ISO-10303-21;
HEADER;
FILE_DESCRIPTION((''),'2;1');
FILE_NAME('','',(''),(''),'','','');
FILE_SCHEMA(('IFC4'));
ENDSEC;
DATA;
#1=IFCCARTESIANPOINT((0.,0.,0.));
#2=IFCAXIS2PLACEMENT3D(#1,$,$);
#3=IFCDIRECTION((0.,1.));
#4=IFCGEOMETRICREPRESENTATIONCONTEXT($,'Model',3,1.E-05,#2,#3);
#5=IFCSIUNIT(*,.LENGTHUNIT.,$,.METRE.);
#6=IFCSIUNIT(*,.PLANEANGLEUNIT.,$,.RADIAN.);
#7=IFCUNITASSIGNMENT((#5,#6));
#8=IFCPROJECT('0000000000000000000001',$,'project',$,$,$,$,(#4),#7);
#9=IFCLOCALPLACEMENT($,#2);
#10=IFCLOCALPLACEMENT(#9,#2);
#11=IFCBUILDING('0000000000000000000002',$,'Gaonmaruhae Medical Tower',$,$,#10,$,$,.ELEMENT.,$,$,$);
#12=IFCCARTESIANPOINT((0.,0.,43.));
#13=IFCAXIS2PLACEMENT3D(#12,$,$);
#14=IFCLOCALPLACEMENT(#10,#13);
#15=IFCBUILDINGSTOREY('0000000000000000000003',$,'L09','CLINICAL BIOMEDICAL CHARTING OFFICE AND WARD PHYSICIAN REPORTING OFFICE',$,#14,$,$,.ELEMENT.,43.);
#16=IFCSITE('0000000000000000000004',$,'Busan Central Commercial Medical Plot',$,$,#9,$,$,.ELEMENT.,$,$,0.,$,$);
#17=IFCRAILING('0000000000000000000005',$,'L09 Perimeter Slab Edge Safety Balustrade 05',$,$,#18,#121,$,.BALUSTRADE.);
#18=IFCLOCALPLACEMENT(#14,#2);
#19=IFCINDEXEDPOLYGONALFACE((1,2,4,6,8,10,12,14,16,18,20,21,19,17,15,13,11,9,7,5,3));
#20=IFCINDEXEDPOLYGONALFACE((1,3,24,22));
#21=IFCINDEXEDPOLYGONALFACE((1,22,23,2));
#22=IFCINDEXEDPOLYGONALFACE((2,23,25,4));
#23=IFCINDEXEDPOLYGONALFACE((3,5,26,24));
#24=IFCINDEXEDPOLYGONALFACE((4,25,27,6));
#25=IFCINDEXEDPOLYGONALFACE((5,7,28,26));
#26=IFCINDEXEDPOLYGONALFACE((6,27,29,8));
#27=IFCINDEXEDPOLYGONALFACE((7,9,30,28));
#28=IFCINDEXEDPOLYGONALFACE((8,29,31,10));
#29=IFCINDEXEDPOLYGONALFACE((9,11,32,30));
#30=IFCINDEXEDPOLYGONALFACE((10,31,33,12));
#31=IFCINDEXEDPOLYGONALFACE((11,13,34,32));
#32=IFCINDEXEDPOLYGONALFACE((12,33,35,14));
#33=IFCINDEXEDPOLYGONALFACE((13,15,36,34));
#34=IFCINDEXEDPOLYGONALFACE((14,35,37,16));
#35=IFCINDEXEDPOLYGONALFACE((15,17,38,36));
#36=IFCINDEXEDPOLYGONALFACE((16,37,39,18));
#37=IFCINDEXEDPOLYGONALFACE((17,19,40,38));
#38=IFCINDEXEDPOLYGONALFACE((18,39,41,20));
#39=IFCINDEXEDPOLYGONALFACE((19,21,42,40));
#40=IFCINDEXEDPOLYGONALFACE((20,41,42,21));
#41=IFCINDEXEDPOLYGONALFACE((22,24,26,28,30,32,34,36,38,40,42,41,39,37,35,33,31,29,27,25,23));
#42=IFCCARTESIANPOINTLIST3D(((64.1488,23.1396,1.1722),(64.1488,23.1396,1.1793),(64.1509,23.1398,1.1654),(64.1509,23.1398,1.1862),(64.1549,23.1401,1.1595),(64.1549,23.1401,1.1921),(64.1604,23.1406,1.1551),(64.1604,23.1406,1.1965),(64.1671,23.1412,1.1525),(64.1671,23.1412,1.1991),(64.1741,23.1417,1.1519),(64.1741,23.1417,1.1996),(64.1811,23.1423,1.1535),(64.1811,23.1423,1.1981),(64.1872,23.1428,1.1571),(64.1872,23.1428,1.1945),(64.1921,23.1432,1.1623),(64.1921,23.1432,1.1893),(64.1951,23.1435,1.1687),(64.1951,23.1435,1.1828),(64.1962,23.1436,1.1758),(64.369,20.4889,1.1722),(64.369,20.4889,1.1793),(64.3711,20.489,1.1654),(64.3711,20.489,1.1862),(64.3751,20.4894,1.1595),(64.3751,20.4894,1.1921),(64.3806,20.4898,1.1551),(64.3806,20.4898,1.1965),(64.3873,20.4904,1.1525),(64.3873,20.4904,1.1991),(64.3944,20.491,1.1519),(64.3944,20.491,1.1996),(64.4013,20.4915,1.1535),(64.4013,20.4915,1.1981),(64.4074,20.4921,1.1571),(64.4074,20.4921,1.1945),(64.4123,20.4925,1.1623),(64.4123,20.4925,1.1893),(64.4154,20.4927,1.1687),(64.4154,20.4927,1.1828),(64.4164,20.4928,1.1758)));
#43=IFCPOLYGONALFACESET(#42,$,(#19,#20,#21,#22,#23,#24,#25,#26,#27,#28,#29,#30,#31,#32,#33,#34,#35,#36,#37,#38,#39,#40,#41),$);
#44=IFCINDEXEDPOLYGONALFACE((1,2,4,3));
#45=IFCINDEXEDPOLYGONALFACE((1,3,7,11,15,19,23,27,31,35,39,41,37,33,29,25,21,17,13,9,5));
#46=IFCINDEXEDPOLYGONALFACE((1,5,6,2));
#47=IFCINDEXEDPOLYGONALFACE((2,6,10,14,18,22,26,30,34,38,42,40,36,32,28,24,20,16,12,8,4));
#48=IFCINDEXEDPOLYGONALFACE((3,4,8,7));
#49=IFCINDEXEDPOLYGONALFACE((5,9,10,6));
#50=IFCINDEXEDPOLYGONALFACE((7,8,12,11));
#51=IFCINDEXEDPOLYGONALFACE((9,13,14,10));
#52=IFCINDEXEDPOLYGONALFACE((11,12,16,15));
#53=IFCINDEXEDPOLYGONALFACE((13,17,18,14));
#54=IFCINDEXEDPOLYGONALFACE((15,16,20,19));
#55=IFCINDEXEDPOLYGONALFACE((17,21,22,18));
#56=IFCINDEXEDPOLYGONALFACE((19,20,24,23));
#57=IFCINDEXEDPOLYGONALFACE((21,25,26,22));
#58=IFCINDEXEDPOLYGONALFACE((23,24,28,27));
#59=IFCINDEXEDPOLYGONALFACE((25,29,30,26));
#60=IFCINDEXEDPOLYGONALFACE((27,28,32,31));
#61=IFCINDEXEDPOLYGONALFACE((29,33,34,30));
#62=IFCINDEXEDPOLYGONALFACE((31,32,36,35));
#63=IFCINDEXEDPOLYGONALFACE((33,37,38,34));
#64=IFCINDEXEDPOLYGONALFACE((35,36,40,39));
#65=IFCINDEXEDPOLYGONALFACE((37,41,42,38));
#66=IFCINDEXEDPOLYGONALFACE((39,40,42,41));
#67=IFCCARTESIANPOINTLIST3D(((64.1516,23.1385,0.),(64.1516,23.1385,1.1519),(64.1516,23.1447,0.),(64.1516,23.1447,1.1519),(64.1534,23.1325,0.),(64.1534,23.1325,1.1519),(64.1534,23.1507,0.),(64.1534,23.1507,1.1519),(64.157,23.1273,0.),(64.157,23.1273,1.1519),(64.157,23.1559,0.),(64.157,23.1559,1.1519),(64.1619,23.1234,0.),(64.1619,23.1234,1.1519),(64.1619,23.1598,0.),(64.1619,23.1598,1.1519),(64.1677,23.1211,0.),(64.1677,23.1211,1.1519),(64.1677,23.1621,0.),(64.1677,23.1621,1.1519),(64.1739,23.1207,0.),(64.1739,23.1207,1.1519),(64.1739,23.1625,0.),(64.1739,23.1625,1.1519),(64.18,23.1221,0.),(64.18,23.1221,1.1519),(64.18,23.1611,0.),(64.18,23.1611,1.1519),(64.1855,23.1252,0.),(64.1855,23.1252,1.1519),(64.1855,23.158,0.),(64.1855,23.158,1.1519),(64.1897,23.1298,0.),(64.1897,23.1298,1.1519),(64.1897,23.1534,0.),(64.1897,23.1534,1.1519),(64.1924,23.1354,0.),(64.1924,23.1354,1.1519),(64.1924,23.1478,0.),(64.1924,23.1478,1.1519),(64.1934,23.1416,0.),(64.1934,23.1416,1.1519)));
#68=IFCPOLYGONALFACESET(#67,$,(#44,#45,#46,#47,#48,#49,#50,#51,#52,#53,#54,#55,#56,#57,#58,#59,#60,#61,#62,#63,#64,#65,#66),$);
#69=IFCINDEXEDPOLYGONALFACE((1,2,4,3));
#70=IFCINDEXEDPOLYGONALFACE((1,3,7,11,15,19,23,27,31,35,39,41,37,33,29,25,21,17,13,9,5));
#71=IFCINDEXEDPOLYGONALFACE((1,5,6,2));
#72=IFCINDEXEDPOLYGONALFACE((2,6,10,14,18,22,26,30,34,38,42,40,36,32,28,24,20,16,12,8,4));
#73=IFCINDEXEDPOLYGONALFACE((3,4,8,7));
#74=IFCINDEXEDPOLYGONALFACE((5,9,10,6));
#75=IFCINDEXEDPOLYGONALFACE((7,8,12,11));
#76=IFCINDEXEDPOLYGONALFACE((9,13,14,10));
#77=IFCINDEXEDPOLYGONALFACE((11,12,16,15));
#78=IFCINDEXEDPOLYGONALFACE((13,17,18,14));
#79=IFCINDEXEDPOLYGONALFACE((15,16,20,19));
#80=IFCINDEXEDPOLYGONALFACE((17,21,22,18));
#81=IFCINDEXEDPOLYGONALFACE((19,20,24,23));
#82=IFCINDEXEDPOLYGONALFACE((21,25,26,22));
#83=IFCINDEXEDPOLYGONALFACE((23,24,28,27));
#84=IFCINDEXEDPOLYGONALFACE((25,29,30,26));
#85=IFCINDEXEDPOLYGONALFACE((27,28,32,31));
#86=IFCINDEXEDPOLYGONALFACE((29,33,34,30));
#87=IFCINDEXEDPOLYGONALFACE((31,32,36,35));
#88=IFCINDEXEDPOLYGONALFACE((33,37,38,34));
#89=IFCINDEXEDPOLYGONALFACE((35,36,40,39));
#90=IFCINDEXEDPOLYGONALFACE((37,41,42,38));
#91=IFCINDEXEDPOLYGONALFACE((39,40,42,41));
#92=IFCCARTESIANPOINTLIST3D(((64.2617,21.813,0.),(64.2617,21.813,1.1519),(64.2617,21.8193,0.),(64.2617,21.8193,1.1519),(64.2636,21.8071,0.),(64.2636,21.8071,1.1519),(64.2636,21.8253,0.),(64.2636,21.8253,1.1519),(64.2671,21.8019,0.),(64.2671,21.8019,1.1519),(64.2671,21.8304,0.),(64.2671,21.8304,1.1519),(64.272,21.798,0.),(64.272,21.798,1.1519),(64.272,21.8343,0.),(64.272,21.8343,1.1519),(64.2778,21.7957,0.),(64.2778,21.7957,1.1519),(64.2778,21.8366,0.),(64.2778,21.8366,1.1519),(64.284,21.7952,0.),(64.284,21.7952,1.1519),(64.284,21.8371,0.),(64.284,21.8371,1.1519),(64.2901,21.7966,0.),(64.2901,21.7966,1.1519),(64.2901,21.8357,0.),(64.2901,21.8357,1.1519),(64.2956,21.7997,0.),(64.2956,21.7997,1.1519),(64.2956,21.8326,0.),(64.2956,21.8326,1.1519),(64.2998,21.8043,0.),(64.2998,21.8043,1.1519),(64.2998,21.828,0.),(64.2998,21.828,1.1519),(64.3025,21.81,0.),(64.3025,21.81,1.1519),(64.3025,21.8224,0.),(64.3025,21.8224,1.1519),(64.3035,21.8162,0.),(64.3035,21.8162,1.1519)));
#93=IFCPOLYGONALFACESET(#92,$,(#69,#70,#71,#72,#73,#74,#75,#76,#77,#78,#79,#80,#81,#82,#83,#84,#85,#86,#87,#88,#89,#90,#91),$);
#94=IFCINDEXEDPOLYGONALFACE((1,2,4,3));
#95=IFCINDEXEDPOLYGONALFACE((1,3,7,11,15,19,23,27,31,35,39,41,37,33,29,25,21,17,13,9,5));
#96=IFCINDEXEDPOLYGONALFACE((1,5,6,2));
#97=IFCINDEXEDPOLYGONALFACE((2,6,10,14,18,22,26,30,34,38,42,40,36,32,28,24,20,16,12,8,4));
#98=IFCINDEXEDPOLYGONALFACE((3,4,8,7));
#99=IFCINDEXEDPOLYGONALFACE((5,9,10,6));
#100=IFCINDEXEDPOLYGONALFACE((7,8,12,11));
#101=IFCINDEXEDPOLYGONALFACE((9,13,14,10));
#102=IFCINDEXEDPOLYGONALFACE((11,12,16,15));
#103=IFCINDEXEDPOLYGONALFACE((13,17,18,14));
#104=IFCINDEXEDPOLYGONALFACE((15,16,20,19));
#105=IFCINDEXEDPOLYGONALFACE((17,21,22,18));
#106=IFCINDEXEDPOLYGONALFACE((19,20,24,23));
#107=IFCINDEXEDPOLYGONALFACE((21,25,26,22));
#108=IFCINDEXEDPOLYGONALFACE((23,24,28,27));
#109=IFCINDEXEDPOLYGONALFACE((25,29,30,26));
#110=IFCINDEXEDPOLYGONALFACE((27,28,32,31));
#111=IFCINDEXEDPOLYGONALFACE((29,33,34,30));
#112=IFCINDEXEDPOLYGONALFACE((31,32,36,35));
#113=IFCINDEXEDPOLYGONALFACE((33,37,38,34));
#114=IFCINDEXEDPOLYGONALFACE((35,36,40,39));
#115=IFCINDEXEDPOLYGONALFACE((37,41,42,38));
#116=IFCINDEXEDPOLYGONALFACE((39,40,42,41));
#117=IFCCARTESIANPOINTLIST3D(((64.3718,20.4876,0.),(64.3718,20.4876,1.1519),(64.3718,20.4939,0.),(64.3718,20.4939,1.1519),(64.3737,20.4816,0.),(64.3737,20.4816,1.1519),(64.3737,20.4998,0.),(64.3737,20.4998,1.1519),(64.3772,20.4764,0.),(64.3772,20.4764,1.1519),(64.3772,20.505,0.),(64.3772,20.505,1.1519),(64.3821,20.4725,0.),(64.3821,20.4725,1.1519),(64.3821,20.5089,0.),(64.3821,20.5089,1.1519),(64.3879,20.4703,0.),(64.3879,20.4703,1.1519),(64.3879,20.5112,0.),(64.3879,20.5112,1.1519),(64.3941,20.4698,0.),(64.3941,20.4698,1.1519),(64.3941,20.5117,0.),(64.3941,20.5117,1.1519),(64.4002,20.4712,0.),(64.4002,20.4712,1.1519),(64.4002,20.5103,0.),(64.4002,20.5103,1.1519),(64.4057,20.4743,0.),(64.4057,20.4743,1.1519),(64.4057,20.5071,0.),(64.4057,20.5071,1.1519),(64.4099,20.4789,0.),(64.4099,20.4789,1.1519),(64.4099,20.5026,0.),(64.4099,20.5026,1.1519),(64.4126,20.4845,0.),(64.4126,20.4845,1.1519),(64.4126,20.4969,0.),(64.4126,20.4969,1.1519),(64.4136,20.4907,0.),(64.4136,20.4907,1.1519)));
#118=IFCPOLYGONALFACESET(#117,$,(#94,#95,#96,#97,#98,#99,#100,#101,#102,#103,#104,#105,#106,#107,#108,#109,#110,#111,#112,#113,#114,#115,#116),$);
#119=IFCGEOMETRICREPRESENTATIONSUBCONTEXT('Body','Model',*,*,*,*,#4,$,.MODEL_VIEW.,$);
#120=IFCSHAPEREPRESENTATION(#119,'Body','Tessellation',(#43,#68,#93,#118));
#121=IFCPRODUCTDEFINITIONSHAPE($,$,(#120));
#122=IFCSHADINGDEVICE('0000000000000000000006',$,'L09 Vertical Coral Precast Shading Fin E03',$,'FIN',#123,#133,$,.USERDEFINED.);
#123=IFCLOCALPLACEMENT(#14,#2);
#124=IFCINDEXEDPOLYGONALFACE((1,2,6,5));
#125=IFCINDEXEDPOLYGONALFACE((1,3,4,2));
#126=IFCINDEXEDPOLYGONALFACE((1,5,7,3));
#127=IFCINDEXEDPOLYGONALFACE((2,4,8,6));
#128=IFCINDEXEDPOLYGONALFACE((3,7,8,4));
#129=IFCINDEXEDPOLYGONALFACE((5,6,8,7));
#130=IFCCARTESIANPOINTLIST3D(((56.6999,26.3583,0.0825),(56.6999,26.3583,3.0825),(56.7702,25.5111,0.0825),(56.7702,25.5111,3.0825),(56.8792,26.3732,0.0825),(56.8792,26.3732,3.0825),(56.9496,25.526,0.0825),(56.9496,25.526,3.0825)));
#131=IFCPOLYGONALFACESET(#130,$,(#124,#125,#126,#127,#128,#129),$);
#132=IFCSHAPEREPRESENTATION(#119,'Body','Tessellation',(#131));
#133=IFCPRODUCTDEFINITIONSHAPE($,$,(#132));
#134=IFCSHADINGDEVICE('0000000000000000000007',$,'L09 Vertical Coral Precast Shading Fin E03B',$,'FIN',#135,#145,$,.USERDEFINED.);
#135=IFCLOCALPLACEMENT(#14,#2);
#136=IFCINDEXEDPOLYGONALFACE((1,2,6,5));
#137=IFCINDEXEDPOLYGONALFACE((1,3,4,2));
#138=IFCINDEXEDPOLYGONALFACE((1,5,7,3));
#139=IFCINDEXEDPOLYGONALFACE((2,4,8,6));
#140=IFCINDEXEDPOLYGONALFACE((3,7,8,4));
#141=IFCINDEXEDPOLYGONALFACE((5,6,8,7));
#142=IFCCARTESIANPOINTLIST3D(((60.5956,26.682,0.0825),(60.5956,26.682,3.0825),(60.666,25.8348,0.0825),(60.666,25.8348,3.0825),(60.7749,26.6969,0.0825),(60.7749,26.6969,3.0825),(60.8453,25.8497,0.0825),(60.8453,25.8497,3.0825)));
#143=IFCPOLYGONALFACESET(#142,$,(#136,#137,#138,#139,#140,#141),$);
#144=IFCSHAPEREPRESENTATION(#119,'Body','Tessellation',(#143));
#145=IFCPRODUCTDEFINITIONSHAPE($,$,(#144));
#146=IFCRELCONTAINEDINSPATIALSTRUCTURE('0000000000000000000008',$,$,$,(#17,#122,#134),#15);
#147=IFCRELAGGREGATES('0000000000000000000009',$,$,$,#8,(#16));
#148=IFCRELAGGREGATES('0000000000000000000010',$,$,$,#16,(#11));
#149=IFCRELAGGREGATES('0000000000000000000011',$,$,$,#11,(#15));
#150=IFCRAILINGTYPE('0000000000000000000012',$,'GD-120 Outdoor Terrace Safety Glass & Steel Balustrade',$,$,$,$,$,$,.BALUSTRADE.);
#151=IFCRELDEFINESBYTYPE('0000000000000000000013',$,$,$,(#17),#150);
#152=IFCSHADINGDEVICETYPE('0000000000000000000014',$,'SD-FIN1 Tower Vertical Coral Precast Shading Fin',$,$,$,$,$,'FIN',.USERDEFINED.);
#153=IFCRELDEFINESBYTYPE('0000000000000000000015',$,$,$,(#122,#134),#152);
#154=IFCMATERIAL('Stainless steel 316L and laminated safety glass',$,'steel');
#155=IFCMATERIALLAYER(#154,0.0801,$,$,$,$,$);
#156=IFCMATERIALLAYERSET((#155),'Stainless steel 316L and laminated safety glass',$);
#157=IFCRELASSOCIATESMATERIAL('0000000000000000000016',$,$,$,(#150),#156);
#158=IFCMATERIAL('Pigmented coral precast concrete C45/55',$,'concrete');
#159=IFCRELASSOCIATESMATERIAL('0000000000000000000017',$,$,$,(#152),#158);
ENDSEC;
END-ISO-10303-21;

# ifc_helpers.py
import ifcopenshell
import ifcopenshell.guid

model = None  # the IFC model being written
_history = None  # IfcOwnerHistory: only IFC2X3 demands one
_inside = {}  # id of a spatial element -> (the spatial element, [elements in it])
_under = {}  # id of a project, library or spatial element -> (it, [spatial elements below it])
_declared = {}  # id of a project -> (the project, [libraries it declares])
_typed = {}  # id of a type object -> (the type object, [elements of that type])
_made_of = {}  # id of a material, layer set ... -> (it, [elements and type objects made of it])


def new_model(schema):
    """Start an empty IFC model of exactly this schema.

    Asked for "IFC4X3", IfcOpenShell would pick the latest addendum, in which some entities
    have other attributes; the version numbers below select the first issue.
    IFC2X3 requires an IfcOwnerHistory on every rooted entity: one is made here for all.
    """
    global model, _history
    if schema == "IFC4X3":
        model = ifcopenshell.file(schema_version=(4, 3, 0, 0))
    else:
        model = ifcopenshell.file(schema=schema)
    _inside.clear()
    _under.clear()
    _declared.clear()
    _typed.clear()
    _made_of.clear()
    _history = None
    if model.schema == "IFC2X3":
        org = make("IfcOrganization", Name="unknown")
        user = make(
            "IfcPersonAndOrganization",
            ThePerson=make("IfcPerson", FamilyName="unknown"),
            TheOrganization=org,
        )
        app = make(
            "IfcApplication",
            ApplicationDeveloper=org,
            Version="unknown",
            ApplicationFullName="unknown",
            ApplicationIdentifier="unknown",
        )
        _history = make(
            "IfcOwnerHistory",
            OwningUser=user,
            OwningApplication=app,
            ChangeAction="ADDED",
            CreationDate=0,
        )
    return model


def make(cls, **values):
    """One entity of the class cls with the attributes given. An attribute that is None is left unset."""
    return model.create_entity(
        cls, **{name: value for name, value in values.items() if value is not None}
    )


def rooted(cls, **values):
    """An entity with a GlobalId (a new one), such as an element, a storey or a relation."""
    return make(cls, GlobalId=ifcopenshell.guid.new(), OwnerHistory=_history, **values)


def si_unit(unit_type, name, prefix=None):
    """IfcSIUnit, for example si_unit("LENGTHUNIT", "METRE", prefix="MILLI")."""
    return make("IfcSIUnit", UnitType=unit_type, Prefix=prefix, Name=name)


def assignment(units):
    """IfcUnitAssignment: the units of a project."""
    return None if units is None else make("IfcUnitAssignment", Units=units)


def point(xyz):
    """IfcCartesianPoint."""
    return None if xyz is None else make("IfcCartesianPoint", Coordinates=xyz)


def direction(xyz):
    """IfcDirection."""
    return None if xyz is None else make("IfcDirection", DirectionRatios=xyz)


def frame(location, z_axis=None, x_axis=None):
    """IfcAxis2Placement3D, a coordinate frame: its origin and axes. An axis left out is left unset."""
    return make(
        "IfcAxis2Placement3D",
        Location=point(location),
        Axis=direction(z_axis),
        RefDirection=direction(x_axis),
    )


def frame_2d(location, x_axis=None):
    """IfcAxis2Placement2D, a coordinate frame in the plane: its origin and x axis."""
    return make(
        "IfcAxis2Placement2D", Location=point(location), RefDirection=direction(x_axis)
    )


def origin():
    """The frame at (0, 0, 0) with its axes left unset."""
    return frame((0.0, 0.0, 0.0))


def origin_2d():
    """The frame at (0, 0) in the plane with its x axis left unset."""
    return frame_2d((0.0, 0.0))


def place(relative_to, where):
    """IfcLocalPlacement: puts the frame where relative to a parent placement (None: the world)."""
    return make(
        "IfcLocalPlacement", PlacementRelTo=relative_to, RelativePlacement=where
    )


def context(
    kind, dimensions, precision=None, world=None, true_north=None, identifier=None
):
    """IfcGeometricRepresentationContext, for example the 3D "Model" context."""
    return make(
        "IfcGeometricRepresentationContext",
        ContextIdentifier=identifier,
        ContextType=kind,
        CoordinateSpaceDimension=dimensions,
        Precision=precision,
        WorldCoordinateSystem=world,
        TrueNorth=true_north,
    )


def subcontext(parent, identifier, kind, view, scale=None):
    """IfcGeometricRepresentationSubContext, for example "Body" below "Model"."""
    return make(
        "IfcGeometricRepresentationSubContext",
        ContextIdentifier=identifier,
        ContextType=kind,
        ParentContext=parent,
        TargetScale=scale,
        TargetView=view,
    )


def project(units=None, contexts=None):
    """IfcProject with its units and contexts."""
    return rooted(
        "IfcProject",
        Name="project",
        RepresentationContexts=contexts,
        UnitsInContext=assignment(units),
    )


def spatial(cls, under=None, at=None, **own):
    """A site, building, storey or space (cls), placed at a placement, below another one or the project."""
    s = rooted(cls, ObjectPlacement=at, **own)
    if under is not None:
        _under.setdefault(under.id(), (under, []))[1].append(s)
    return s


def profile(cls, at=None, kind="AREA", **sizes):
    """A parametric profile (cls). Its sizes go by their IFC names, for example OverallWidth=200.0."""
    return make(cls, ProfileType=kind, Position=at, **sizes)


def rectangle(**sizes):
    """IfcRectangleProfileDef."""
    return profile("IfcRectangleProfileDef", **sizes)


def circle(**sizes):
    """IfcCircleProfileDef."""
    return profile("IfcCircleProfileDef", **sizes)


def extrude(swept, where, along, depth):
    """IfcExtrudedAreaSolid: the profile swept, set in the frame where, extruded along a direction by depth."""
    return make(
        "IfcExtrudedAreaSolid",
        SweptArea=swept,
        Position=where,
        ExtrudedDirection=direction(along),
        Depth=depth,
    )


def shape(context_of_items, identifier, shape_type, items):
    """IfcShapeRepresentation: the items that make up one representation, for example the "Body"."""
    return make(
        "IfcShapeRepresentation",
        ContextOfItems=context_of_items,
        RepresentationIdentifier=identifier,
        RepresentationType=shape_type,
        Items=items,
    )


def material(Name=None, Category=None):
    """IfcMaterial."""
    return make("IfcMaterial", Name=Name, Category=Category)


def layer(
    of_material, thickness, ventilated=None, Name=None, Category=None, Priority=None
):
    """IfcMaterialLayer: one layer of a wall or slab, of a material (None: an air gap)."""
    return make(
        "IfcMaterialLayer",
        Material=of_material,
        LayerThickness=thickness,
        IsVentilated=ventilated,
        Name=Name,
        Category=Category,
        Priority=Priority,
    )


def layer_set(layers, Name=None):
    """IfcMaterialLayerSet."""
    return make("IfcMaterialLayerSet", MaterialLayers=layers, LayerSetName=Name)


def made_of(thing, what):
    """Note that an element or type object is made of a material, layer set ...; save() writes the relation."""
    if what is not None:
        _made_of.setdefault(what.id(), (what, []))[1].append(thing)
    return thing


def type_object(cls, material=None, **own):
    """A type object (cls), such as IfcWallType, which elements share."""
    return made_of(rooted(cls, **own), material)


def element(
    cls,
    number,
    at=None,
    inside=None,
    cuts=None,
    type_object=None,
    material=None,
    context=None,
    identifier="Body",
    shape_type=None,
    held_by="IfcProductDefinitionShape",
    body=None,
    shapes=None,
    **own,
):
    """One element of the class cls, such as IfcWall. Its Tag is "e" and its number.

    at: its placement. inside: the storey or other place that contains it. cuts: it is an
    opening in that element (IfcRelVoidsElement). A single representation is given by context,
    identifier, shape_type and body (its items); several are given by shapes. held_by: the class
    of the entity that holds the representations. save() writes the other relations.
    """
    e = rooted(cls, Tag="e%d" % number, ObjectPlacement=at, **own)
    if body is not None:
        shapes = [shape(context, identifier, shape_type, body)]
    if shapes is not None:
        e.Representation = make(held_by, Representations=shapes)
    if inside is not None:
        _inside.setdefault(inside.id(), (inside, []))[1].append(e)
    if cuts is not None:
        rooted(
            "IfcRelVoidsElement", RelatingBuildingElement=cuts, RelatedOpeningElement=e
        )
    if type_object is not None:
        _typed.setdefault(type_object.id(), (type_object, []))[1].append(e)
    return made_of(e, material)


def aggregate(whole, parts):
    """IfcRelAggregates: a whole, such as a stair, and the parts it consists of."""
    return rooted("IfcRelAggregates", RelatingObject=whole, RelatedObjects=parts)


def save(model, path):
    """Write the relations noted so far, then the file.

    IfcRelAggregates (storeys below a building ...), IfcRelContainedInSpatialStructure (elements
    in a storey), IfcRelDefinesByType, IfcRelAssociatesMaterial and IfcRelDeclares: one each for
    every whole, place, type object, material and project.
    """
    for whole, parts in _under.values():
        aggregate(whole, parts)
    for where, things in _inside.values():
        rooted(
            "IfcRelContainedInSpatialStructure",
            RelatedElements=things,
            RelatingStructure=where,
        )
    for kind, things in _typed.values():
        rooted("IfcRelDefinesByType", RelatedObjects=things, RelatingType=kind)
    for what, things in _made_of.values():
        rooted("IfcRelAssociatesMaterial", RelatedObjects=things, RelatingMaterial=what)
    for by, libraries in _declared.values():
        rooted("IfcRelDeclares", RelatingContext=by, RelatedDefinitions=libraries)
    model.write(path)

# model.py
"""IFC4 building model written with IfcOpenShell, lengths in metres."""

from ifc_helpers import new_model, si_unit, direction, frame, origin, origin_2d, place, context, subcontext, project, spatial, rectangle, circle, extrude, material, layer, layer_set, type_object, element, save


model = new_model("IFC4")

# Units and contexts
model_context = context("Model", 3, precision=1e-05, world=origin(), true_north=direction((0.0, 1.0)))
body_context = subcontext(model_context, "Body", "Model", "MODEL_VIEW")
ifc_project = project(units=[si_unit("LENGTHUNIT", "METRE"), si_unit("PLANEANGLEUNIT", "RADIAN")], contexts=[model_context])

# Site, building, storey
site_placement = place(None, origin())
site = spatial("IfcSite", under=ifc_project, at=site_placement, Name="Busan Central Commercial Medical Plot", CompositionType="ELEMENT", RefElevation=0.0)
building_placement = place(site_placement, origin())
building = spatial("IfcBuilding", under=site, at=building_placement, Name="Gaonmaruhae Medical Tower", CompositionType="ELEMENT")
storey_placement = place(building_placement, frame((0.0, 0.0, 43.0)))
storey = spatial("IfcBuildingStorey", under=building, at=storey_placement, Name="L09", Description="CLINICAL BIOMEDICAL CHARTING OFFICE AND WARD PHYSICIAN REPORTING OFFICE", CompositionType="ELEMENT", Elevation=43.0)

# Railing
ifc_material_1 = material(Name="Stainless steel 316L and laminated safety glass", Category="steel")
ifc_layer_1 = layer(ifc_material_1, 0.0801)
ifc_layer_set_1 = layer_set([ifc_layer_1], Name="Stainless steel 316L and laminated safety glass")
railing_type = type_object("IfcRailingType", Name="GD-120 Outdoor Terrace Safety Glass & Steel Balustrade", PredefinedType="BALUSTRADE", material=ifc_layer_set_1)
railing_1_placement = place(storey_placement, frame((64.1724, 23.1416, 0.0)))
element("IfcRailing", 1, at=railing_1_placement, inside=storey, type_object=railing_type, Name="L09 Perimeter Slab Edge Safety Balustrade 05", PredefinedType="BALUSTRADE", context=body_context, shape_type="SweptSolid", body=[
    extrude(circle(Radius=0.0239, at=origin_2d()), frame((0.0, 0.0, 1.1758), z_axis=(0.082787, -0.996567, 0.0), x_axis=(0.996567, 0.082787, 0.0)), (0.0, 0.0, 1.0), 2.6599),
    extrude(circle(Radius=0.021, at=origin_2d()), origin(), (0.0, 0.0, 1.0), 1.1519),
    extrude(circle(Radius=0.021, at=origin_2d()), frame((0.1101, -1.3254, 0.0)), (0.0, 0.0, 1.0), 1.1519),
    extrude(circle(Radius=0.021, at=origin_2d()), frame((0.2202, -2.6509, 0.0)), (0.0, 0.0, 1.0), 1.1519),
])

# Shading devices
ifc_material_2 = material(Name="Pigmented coral precast concrete C45/55", Category="concrete")
shading_device_type = type_object("IfcShadingDeviceType", Name="SD-FIN1 Tower Vertical Coral Precast Shading Fin", ElementType="FIN", PredefinedType="USERDEFINED", material=ifc_material_2)
for number, where, z_axis, x_axis, name in (
    (2, (56.8247, 25.9421, 0.0825), (0.0, 0.0, 1.0), (0.996566, 0.082808, 0.0), "L09 Vertical Coral Precast Shading Fin E03"),
    (3, (60.7205, 26.2659, 0.0825), (0.0, 0.0, 1.0), (0.996566, 0.082808, 0.0), "L09 Vertical Coral Precast Shading Fin E03B"),
):
    element("IfcShadingDevice", number, at=place(storey_placement, frame(where, z_axis=z_axis, x_axis=x_axis)), inside=storey, type_object=shading_device_type, Name=name, ObjectType="FIN", PredefinedType="USERDEFINED", context=body_context, shape_type="SweptSolid", body=[
        extrude(rectangle(XDim=0.1799, YDim=0.8501, at=origin_2d()), origin(), (0.0, 0.0, 1.0), 3.0),
    ])

save(model, "model.ifc")
